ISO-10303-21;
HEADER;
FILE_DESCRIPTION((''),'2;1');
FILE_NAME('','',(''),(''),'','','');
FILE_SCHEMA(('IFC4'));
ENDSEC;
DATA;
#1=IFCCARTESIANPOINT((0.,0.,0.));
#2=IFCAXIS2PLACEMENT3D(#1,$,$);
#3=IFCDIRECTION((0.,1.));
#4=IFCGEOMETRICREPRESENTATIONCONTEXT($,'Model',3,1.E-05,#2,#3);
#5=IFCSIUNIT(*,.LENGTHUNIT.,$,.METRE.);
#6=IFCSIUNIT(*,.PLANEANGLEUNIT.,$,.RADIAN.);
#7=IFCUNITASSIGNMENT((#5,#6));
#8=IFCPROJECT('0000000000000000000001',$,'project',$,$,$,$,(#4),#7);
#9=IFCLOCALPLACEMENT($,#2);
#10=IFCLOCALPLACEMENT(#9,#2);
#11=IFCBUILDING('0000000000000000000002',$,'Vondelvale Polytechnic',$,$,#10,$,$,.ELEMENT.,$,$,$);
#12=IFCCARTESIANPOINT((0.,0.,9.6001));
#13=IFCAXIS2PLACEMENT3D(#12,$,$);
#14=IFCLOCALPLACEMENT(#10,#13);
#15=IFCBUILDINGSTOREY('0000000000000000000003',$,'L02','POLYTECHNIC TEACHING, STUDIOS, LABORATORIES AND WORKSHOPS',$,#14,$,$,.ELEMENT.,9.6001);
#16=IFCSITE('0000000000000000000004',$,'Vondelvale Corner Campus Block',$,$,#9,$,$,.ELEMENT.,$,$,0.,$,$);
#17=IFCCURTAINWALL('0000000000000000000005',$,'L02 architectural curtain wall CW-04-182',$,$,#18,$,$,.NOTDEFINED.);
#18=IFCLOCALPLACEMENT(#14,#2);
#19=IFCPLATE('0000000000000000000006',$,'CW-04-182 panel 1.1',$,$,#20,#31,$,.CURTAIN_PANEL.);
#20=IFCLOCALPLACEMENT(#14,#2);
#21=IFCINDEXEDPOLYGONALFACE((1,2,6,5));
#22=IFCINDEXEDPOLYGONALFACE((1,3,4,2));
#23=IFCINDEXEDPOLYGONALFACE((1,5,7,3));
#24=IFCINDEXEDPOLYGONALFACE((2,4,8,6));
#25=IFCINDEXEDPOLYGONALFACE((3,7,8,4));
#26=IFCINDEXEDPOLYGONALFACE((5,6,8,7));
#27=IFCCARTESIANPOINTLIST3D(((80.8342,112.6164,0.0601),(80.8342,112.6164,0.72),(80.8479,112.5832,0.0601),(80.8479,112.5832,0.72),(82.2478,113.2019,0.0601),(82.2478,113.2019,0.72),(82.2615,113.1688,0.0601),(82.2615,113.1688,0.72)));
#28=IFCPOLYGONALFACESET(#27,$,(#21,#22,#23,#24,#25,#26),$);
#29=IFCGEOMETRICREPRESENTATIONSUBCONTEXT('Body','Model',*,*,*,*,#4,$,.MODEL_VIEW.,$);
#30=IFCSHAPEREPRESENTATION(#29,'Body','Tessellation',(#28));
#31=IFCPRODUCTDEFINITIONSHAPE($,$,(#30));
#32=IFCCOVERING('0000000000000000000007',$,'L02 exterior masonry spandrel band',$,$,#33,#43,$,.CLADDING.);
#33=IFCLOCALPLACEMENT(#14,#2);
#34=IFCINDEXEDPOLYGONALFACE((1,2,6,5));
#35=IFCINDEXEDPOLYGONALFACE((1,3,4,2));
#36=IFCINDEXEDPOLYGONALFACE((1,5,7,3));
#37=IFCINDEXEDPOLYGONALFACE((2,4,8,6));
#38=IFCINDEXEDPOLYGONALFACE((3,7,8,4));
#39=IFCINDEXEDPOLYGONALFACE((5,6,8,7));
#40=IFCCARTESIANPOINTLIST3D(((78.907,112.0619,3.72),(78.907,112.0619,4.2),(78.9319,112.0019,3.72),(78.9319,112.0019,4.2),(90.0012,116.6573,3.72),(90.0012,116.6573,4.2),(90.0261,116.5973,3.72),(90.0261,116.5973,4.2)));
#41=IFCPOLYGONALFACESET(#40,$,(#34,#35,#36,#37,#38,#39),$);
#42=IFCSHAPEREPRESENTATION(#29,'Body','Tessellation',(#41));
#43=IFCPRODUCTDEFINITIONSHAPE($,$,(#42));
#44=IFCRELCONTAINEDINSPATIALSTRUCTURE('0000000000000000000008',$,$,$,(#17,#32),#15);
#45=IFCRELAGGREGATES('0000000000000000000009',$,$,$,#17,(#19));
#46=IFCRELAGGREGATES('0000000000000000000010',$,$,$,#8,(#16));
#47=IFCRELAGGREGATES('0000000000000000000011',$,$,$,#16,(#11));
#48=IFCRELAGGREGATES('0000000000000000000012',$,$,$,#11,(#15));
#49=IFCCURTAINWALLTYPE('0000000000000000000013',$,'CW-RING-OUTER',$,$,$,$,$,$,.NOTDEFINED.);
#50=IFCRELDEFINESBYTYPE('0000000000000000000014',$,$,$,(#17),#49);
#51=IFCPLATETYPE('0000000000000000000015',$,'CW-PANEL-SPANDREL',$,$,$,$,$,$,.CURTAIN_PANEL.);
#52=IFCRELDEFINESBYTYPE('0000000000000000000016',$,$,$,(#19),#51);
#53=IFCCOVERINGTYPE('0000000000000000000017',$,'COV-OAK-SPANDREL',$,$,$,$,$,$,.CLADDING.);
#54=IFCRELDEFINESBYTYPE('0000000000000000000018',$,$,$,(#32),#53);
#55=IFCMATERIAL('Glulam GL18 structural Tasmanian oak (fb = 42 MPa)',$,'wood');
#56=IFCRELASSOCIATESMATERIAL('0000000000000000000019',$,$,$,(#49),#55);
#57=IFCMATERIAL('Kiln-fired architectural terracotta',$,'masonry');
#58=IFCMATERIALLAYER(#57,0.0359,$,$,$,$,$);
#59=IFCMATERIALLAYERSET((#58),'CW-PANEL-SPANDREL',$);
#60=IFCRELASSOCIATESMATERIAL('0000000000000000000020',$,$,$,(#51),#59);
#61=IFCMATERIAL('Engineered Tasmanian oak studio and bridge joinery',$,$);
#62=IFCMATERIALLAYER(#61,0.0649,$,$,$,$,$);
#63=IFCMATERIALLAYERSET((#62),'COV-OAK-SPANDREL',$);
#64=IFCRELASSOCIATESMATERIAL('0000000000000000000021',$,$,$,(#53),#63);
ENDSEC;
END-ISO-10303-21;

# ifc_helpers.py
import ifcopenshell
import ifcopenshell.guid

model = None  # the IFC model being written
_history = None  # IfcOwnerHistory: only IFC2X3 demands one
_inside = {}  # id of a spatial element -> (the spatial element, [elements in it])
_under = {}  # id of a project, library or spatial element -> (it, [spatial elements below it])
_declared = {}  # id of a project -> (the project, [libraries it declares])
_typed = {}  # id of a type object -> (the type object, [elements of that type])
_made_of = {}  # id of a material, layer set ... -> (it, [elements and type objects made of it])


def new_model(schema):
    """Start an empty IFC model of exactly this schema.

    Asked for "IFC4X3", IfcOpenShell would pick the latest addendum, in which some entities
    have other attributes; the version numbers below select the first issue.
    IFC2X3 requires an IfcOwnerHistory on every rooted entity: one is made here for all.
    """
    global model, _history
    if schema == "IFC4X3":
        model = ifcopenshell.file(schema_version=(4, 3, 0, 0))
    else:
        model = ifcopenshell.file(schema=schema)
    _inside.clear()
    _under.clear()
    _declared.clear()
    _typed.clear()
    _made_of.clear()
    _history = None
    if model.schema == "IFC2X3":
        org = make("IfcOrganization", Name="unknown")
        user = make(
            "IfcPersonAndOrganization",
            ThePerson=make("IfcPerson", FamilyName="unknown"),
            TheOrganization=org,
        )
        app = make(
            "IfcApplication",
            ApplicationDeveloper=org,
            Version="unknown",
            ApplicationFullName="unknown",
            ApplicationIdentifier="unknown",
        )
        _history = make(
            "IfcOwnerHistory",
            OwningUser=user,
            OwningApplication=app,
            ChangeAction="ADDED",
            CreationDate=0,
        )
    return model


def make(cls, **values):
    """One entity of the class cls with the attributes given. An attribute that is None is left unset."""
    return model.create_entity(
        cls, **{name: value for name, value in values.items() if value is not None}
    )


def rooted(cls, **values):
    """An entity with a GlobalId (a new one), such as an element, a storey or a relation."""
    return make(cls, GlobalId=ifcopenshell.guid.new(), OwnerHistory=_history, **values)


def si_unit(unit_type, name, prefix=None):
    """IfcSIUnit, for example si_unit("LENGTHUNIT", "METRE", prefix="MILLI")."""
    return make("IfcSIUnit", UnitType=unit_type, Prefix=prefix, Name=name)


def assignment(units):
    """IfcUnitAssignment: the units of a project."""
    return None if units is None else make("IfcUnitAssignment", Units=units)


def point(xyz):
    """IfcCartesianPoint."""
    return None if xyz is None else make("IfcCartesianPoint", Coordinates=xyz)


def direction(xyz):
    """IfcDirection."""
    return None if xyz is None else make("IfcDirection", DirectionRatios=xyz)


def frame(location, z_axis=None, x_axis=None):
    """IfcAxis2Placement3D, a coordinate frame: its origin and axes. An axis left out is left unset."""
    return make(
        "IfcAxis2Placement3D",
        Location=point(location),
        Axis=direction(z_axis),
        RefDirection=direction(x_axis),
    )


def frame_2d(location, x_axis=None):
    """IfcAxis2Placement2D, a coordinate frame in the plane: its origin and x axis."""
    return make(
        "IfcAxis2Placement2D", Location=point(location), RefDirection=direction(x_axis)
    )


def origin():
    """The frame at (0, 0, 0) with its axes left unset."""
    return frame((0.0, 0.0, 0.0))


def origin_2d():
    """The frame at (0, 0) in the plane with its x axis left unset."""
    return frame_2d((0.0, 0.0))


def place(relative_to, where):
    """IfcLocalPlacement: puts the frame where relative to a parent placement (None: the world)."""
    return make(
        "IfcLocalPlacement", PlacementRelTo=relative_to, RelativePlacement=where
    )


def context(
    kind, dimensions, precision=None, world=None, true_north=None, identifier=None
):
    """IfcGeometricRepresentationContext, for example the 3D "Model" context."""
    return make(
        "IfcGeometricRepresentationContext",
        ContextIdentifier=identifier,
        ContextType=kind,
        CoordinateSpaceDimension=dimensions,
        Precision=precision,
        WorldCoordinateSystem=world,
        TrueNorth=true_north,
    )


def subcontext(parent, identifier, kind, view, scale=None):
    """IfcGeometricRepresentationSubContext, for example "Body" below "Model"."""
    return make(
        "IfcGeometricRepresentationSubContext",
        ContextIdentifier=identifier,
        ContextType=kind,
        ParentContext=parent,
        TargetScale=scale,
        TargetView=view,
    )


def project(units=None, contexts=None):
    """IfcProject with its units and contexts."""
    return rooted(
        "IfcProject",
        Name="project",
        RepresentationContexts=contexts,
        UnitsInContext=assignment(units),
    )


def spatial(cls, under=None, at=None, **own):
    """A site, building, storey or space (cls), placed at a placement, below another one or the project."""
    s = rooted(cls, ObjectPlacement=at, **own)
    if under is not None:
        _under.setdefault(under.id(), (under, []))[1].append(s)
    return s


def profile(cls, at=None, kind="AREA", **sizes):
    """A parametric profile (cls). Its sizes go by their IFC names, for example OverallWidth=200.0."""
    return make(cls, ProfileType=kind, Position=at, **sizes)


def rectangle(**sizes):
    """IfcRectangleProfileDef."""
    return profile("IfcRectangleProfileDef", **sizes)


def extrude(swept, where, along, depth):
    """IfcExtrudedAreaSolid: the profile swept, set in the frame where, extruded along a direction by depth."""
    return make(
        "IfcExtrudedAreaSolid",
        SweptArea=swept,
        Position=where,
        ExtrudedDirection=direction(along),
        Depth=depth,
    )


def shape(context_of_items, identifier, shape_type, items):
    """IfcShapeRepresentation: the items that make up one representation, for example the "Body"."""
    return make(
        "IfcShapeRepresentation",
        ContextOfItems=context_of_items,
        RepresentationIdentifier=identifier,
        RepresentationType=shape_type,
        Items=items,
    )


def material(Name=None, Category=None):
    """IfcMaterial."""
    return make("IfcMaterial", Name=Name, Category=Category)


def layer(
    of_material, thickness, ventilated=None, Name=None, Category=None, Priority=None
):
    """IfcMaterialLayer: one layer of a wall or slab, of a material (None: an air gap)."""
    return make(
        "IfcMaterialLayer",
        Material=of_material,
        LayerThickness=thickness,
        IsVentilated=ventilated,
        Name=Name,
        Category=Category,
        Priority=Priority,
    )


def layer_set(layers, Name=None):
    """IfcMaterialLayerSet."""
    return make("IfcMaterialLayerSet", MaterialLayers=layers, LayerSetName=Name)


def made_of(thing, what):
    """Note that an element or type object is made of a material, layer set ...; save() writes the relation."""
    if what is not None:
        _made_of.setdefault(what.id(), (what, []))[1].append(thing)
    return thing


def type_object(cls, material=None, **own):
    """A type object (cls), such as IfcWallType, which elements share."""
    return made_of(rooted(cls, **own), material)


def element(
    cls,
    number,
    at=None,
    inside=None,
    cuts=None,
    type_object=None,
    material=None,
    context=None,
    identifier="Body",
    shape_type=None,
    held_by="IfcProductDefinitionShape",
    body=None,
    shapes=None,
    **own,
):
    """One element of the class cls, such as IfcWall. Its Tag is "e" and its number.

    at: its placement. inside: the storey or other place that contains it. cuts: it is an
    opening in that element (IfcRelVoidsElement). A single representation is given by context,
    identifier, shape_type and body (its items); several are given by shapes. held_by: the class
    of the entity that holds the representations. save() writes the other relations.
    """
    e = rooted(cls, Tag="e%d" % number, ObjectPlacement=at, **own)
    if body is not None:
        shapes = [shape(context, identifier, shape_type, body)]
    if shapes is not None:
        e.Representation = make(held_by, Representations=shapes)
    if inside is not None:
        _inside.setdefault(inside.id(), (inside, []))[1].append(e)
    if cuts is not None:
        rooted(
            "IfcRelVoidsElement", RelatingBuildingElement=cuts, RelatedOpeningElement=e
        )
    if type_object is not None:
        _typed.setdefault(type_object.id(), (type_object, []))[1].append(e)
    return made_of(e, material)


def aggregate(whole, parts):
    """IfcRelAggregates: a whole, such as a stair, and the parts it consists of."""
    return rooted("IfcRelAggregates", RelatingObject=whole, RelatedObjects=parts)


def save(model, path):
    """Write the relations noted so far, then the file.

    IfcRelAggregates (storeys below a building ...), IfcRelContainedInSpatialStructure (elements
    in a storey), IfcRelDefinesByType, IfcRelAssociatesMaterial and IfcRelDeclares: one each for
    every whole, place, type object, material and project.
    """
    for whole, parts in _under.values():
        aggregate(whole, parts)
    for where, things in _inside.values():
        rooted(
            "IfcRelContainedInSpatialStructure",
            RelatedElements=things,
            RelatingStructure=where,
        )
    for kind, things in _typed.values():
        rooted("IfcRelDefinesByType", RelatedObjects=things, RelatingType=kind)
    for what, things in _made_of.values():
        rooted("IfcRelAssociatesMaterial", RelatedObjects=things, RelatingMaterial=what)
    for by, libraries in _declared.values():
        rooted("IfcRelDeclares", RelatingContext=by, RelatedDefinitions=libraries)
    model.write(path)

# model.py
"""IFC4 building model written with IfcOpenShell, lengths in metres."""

from ifc_helpers import new_model, si_unit, direction, frame, origin, origin_2d, place, context, subcontext, project, spatial, rectangle, extrude, material, layer, layer_set, type_object, element, aggregate, save


model = new_model("IFC4")

# Units and contexts
model_context = context("Model", 3, precision=1e-05, world=origin(), true_north=direction((0.0, 1.0)))
body_context = subcontext(model_context, "Body", "Model", "MODEL_VIEW")
ifc_project = project(units=[si_unit("LENGTHUNIT", "METRE"), si_unit("PLANEANGLEUNIT", "RADIAN")], contexts=[model_context])

# Site, building, storey
site_placement = place(None, origin())
site = spatial("IfcSite", under=ifc_project, at=site_placement, Name="Vondelvale Corner Campus Block", CompositionType="ELEMENT", RefElevation=0.0)
building_placement = place(site_placement, origin())
building = spatial("IfcBuilding", under=site, at=building_placement, Name="Vondelvale Polytechnic", CompositionType="ELEMENT")
storey_placement = place(building_placement, frame((0.0, 0.0, 9.6001)))
storey = spatial("IfcBuildingStorey", under=building, at=storey_placement, Name="L02", Description="POLYTECHNIC TEACHING, STUDIOS, LABORATORIES AND WORKSHOPS", CompositionType="ELEMENT", Elevation=9.6001)

# Shared definitions
ifc_material_1 = material(Name="Glulam GL18 structural Tasmanian oak (fb = 42 MPa)", Category="wood")

# Curtain wall
curtain_wall_type = type_object("IfcCurtainWallType", Name="CW-RING-OUTER", PredefinedType="NOTDEFINED", material=ifc_material_1)
curtain_wall_1_placement = place(storey_placement, origin())
curtain_wall_1 = element("IfcCurtainWall", 1, at=curtain_wall_1_placement, inside=storey, type_object=curtain_wall_type, Name="L02 architectural curtain wall CW-04-182", PredefinedType="NOTDEFINED")

# Plate
ifc_material_2 = material(Name="Engineered Tasmanian oak studio and bridge joinery")
ifc_material_3 = material(Name="Kiln-fired architectural terracotta", Category="masonry")
ifc_layer_1 = layer(ifc_material_3, 0.0359)
ifc_layer_set_1 = layer_set([ifc_layer_1], Name="CW-PANEL-SPANDREL")
plate_type_1 = type_object("IfcPlateType", Name="CW-PANEL-SPANDREL", PredefinedType="CURTAIN_PANEL", material=ifc_layer_set_1)
plate_1_placement = place(storey_placement, frame((81.5479, 112.8926, 0.0601), z_axis=(0.0, 0.0, 1.0), x_axis=(-0.923882, -0.382677, 0.0)))
plate_1 = element("IfcPlate", 2, at=plate_1_placement, type_object=plate_type_1, Name="CW-04-182 panel 1.1", PredefinedType="CURTAIN_PANEL", context=body_context, shape_type="SweptSolid", body=[
    extrude(rectangle(XDim=1.53, YDim=0.0359, at=origin_2d()), origin(), (0.0, 0.0, 1.0), 0.6599),
])
aggregate(curtain_wall_1, [plate_1])

# Covering
ifc_layer_2 = layer(ifc_material_2, 0.0649)
ifc_layer_set_2 = layer_set([ifc_layer_2], Name="COV-OAK-SPANDREL")
covering_type = type_object("IfcCoveringType", Name="COV-OAK-SPANDREL", PredefinedType="CLADDING", material=ifc_layer_set_2)
covering_placement = place(storey_placement, frame((84.4666, 114.3296, 3.72), z_axis=(0.0, 0.0, 1.0), x_axis=(-0.92388, -0.382683, 0.0)))
element("IfcCovering", 3, at=covering_placement, inside=storey, type_object=covering_type, Name="L02 exterior masonry spandrel band", PredefinedType="CLADDING", context=body_context, shape_type="SweptSolid", body=[
    extrude(rectangle(XDim=12.0083, YDim=0.0649, at=origin_2d()), origin(), (0.0, 0.0, 1.0), 0.48),
])

save(model, "model.ifc")
